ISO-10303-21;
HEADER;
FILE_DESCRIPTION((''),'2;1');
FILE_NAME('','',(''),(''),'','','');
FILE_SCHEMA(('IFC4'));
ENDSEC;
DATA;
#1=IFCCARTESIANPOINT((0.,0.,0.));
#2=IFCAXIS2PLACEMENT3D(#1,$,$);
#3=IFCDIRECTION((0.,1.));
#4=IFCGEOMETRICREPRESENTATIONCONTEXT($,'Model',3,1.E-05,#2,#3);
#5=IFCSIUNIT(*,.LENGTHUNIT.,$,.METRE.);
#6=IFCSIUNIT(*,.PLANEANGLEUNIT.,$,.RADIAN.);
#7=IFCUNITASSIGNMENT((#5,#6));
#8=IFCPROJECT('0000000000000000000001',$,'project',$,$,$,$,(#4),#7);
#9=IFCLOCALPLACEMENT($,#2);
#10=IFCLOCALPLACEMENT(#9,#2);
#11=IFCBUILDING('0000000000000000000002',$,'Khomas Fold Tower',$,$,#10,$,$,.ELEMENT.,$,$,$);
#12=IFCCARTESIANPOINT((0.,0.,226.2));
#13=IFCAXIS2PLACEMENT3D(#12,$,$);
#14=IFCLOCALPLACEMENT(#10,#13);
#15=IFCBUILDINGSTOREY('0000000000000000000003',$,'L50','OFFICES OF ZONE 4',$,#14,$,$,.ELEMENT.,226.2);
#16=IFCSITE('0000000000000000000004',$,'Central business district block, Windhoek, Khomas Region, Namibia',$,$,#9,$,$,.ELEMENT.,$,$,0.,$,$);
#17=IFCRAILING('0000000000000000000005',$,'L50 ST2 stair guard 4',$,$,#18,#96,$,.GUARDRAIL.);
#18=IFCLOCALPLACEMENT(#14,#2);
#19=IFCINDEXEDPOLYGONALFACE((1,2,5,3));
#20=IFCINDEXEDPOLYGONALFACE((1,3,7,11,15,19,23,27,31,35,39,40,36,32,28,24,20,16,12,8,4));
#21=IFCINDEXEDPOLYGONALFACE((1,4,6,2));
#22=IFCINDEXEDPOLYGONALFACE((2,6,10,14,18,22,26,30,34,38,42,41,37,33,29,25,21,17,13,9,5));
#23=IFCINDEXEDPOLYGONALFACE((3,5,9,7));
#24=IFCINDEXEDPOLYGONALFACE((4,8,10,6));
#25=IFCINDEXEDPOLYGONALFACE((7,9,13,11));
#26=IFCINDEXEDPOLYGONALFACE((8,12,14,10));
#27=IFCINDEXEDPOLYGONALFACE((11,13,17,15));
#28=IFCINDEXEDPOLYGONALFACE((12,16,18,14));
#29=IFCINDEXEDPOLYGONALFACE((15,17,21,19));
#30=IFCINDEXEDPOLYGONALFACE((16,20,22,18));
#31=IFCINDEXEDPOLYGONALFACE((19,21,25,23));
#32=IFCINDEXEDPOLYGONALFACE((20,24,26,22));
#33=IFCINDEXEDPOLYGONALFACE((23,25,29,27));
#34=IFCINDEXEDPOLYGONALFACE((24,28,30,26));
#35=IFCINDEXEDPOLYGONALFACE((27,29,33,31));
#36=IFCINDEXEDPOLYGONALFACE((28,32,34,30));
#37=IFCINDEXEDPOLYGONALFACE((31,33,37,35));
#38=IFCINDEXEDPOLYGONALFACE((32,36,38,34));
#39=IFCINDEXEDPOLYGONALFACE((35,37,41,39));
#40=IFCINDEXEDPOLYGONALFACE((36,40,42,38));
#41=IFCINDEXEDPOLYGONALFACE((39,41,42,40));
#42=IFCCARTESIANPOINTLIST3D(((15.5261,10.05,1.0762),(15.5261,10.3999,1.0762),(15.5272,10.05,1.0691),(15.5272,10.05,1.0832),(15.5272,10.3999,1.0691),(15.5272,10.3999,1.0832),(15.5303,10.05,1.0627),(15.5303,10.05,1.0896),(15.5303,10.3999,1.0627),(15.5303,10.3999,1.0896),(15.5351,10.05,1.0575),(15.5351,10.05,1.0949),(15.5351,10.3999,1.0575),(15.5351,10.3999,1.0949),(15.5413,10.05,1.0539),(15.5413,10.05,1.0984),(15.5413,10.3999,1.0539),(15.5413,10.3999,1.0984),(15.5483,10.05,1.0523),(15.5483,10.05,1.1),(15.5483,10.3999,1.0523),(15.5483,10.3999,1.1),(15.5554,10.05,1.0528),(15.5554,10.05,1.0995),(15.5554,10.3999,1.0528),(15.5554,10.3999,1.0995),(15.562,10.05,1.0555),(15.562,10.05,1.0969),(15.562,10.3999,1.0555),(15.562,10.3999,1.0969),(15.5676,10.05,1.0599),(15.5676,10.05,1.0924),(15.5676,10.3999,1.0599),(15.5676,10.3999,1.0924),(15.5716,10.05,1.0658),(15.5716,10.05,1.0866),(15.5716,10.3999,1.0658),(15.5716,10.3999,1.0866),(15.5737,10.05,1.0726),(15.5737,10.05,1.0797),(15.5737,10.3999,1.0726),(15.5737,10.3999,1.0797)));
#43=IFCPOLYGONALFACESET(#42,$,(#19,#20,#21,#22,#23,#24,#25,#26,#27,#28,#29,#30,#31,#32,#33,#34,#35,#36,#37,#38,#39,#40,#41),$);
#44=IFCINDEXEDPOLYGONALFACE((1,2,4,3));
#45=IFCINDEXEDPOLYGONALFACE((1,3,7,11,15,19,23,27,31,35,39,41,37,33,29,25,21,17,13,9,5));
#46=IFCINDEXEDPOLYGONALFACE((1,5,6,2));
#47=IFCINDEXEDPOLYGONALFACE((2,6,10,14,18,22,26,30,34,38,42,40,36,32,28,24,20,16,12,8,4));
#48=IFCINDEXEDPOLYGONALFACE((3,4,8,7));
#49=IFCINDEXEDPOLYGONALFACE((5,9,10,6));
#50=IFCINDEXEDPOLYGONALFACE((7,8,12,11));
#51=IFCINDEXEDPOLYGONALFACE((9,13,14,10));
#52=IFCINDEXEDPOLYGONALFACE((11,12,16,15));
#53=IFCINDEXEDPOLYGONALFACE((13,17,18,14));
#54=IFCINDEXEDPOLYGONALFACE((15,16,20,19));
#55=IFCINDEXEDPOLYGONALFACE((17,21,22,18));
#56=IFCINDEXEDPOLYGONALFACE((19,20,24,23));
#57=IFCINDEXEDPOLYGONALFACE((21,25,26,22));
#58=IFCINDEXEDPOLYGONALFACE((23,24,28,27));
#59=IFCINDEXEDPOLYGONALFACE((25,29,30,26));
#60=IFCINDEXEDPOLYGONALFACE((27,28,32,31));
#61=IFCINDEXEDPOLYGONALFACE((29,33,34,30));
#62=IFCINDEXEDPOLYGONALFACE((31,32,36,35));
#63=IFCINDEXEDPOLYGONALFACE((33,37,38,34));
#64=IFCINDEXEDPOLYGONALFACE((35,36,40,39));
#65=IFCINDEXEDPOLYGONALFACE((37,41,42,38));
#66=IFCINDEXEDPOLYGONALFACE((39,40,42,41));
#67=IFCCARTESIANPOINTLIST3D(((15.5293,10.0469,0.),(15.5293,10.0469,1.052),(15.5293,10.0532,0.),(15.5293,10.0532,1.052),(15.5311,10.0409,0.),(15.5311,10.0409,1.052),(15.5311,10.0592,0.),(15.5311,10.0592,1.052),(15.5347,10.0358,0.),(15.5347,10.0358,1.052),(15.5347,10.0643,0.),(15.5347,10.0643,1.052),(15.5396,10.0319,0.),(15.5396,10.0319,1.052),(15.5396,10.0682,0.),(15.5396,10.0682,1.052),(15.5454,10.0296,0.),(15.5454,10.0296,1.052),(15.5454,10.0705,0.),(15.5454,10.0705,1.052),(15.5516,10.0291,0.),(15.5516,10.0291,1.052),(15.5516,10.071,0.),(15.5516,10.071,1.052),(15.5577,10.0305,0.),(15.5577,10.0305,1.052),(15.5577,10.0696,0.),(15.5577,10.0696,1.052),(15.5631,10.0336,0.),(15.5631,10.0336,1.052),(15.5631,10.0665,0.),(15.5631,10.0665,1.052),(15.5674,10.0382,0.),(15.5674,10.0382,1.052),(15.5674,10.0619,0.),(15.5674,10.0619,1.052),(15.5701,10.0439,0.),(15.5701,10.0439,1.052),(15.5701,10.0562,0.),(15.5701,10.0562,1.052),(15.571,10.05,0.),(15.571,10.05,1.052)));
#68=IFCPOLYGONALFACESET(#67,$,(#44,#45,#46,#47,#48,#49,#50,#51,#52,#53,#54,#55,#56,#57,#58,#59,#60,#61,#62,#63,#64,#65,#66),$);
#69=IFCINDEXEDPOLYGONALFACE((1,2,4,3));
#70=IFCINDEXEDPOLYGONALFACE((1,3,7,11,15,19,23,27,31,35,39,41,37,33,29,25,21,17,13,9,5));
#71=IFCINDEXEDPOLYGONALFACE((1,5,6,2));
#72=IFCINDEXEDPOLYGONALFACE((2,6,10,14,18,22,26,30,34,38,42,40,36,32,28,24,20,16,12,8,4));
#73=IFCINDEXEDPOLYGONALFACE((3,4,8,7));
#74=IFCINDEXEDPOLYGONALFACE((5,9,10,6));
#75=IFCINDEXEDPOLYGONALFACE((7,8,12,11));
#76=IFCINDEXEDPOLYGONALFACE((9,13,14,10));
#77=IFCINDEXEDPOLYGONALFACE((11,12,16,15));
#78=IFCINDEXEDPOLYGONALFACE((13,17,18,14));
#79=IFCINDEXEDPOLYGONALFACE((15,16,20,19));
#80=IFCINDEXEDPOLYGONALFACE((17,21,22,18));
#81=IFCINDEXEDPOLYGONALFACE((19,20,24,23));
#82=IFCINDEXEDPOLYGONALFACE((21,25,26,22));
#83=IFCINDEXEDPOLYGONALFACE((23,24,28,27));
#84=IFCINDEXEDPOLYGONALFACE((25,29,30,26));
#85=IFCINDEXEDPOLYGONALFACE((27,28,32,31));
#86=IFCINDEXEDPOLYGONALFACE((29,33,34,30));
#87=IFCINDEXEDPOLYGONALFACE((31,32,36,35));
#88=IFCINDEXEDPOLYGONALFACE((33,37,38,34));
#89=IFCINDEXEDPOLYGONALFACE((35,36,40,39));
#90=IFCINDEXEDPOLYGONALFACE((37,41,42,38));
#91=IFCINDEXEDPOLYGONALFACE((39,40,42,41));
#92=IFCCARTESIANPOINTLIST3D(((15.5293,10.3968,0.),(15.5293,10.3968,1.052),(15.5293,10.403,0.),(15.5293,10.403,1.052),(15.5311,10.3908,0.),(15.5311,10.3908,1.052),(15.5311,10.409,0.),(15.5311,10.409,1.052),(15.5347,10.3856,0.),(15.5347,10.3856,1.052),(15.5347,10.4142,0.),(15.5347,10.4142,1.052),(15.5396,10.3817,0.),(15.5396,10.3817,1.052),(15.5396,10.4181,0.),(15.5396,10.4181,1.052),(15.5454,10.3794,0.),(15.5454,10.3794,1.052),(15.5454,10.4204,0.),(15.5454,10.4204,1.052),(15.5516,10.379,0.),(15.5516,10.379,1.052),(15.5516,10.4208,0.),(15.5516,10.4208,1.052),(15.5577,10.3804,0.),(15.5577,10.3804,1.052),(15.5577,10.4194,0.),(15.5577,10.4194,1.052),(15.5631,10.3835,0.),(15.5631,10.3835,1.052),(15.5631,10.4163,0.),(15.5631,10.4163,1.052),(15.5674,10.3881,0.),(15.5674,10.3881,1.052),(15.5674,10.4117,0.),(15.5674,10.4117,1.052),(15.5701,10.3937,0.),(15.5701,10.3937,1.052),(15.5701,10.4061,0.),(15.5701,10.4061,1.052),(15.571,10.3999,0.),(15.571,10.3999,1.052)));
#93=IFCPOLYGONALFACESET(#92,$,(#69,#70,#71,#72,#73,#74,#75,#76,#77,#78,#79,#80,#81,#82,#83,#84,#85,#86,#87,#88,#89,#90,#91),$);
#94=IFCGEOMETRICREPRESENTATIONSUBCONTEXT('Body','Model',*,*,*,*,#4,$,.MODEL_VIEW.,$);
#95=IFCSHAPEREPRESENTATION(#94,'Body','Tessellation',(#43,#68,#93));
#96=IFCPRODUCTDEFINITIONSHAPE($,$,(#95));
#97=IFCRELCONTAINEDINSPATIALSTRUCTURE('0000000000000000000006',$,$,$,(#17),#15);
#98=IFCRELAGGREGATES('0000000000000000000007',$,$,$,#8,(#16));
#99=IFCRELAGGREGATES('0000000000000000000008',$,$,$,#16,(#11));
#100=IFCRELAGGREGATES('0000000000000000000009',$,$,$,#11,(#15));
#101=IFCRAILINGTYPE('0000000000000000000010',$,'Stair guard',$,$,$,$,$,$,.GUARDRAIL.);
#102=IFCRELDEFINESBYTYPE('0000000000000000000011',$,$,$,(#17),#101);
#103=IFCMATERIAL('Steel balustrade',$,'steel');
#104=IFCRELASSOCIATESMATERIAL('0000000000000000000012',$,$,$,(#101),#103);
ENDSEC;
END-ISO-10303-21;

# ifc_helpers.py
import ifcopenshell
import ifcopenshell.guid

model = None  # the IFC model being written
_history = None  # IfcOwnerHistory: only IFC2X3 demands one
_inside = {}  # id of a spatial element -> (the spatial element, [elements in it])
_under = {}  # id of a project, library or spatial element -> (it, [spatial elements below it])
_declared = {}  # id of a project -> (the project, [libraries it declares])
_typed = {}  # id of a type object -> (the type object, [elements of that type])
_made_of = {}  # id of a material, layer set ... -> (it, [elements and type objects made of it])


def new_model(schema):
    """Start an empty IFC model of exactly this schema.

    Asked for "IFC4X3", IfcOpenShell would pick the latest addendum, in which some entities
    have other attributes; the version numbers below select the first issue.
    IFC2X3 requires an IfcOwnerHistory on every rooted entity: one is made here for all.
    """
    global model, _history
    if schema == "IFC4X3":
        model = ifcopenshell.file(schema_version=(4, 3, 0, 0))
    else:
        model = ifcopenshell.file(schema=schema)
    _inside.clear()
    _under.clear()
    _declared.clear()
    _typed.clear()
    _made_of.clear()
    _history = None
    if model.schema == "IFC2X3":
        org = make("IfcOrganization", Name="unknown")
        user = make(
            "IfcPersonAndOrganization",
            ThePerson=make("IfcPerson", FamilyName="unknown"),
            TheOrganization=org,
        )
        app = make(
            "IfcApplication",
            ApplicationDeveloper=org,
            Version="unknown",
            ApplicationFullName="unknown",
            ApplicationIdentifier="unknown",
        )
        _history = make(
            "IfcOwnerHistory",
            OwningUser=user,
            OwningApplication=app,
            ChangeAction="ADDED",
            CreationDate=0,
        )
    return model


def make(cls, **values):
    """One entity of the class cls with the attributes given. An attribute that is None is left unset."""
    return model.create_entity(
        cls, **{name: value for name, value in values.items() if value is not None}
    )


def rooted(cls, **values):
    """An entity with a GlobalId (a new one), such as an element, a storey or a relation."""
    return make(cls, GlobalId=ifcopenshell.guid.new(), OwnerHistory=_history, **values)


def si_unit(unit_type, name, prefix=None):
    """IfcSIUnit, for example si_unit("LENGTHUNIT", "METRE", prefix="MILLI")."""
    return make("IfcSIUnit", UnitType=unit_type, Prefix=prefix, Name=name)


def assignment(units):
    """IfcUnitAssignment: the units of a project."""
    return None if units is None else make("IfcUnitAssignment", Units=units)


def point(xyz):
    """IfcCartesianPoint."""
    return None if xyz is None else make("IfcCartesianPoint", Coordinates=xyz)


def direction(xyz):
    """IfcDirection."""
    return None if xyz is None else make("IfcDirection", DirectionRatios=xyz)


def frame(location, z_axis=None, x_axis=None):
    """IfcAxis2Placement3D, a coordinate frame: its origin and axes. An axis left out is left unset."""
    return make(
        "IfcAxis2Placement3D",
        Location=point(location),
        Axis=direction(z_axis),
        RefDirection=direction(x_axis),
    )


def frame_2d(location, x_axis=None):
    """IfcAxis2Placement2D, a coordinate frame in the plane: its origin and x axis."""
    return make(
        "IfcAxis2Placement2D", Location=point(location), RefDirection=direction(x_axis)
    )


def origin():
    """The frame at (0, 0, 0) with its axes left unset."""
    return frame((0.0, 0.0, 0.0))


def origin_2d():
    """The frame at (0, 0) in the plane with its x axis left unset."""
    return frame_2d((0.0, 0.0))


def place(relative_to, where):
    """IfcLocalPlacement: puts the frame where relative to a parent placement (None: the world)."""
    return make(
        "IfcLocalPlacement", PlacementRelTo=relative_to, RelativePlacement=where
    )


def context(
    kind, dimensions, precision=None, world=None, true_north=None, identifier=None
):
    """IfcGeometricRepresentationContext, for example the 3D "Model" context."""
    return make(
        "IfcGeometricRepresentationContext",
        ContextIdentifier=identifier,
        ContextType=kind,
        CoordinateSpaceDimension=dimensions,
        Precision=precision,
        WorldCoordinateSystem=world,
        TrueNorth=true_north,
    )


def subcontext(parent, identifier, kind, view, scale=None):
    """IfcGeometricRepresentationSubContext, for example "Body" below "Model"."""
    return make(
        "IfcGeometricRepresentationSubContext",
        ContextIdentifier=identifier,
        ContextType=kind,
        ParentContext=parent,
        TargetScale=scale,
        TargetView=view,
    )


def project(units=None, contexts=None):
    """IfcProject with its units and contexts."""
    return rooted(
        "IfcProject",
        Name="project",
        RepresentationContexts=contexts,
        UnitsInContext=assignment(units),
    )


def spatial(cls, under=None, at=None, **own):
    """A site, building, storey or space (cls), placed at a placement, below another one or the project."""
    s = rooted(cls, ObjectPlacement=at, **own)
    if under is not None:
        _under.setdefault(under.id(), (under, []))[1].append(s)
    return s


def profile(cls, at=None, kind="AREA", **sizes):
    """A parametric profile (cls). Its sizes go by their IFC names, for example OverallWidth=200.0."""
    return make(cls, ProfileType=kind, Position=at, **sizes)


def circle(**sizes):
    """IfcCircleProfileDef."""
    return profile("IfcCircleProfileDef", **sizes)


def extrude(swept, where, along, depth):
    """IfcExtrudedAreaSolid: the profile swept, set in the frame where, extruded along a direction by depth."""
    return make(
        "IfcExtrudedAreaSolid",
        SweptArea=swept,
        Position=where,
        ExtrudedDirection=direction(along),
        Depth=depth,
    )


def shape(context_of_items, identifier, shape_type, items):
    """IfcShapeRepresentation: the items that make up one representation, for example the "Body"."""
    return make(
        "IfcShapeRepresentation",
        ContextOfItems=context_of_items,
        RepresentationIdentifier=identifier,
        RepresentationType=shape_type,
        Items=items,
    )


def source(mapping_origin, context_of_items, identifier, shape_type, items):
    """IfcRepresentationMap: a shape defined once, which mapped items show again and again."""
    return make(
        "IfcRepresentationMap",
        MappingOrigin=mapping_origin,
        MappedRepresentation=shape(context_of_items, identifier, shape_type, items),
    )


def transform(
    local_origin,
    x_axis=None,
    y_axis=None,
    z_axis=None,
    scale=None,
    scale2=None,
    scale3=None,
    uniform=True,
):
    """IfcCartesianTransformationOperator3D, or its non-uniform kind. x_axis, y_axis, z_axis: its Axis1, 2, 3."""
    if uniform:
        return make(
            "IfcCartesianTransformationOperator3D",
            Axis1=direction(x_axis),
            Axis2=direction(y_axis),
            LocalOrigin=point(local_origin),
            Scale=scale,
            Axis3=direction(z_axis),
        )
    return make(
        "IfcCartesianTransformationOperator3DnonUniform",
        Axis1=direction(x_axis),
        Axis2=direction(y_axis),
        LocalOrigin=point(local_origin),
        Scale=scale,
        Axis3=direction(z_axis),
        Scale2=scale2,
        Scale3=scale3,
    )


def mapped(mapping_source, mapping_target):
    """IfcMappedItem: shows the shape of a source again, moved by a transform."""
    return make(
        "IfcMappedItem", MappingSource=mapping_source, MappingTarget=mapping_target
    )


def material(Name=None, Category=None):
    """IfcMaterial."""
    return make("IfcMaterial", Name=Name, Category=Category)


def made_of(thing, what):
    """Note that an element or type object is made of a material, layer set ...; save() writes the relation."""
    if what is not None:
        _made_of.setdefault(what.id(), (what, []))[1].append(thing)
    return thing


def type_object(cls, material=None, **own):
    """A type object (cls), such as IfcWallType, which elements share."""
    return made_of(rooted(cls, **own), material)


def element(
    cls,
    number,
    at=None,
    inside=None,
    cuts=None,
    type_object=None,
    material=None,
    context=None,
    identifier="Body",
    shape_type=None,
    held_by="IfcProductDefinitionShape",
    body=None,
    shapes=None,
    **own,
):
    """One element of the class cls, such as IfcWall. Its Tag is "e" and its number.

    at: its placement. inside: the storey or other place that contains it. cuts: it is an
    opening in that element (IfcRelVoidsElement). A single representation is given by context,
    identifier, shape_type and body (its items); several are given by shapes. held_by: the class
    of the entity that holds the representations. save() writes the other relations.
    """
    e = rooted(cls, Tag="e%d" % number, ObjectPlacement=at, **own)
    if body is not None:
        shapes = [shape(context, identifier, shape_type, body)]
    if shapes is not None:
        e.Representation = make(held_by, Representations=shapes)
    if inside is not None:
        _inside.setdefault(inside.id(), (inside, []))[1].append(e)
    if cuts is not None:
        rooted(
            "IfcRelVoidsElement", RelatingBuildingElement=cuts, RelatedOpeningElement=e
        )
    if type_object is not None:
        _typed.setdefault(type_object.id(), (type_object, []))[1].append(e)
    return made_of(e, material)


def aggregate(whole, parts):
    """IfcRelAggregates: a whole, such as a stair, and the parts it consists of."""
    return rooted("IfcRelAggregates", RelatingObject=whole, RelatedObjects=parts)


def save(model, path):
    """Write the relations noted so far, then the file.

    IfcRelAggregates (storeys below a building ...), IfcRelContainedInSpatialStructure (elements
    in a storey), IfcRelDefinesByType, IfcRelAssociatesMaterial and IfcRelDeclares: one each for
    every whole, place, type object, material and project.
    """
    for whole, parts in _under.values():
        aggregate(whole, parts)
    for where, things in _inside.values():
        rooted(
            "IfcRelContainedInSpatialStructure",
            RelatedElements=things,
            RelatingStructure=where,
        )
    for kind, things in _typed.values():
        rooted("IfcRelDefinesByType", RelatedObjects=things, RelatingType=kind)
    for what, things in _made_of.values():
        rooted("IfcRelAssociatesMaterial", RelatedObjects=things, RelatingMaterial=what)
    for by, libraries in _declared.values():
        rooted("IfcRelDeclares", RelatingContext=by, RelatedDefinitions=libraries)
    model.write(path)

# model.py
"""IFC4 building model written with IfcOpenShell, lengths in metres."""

from ifc_helpers import new_model, si_unit, direction, frame, origin, origin_2d, place, context, subcontext, project, spatial, circle, extrude, source, transform, mapped, material, type_object, element, save


model = new_model("IFC4")

# Units and contexts
model_context = context("Model", 3, precision=1e-05, world=origin(), true_north=direction((0.0, 1.0)))
body_context = subcontext(model_context, "Body", "Model", "MODEL_VIEW")
ifc_project = project(units=[si_unit("LENGTHUNIT", "METRE"), si_unit("PLANEANGLEUNIT", "RADIAN")], contexts=[model_context])

# Site, building, storey
site_placement = place(None, origin())
site = spatial("IfcSite", under=ifc_project, at=site_placement, Name="Central business district block, Windhoek, Khomas Region, Namibia", CompositionType="ELEMENT", RefElevation=0.0)
building_placement = place(site_placement, origin())
building = spatial("IfcBuilding", under=site, at=building_placement, Name="Khomas Fold Tower", CompositionType="ELEMENT")
storey_placement = place(building_placement, frame((0.0, 0.0, 226.2)))
storey = spatial("IfcBuildingStorey", under=building, at=storey_placement, Name="L50", Description="OFFICES OF ZONE 4", CompositionType="ELEMENT", Elevation=226.2)

# Railing
ifc_material_1 = material(Name="Steel balustrade", Category="steel")
railing_type_1 = type_object("IfcRailingType", Name="Stair guard", PredefinedType="GUARDRAIL", material=ifc_material_1)
shared_shape_1 = source(origin(), body_context, "Body", "SweptSolid", [
    extrude(circle(Radius=0.0239, at=origin_2d()), frame((0.0, 0.0, 1.0762), z_axis=(0.0, 1.0, 0.0), x_axis=(-1.0, 0.0, 0.0)), (0.0, 0.0, 1.0), 0.3499),
    extrude(circle(Radius=0.021, at=origin_2d()), origin(), (0.0, 0.0, 1.0), 1.052),
    extrude(circle(Radius=0.021, at=origin_2d()), frame((0.0, 0.3499, 0.0)), (0.0, 0.0, 1.0), 1.052),
])
for number, where, name in (
    (1, (15.55, 10.05, 0.0), "L50 ST2 stair guard 4"),
):
    element("IfcRailing", number, at=place(storey_placement, frame(where)), inside=storey, type_object=railing_type_1, Name=name, PredefinedType="GUARDRAIL", context=body_context, shape_type="MappedRepresentation", body=[
        mapped(shared_shape_1, transform((0.0, 0.0, 0.0))),
    ])

save(model, "model.ifc")
